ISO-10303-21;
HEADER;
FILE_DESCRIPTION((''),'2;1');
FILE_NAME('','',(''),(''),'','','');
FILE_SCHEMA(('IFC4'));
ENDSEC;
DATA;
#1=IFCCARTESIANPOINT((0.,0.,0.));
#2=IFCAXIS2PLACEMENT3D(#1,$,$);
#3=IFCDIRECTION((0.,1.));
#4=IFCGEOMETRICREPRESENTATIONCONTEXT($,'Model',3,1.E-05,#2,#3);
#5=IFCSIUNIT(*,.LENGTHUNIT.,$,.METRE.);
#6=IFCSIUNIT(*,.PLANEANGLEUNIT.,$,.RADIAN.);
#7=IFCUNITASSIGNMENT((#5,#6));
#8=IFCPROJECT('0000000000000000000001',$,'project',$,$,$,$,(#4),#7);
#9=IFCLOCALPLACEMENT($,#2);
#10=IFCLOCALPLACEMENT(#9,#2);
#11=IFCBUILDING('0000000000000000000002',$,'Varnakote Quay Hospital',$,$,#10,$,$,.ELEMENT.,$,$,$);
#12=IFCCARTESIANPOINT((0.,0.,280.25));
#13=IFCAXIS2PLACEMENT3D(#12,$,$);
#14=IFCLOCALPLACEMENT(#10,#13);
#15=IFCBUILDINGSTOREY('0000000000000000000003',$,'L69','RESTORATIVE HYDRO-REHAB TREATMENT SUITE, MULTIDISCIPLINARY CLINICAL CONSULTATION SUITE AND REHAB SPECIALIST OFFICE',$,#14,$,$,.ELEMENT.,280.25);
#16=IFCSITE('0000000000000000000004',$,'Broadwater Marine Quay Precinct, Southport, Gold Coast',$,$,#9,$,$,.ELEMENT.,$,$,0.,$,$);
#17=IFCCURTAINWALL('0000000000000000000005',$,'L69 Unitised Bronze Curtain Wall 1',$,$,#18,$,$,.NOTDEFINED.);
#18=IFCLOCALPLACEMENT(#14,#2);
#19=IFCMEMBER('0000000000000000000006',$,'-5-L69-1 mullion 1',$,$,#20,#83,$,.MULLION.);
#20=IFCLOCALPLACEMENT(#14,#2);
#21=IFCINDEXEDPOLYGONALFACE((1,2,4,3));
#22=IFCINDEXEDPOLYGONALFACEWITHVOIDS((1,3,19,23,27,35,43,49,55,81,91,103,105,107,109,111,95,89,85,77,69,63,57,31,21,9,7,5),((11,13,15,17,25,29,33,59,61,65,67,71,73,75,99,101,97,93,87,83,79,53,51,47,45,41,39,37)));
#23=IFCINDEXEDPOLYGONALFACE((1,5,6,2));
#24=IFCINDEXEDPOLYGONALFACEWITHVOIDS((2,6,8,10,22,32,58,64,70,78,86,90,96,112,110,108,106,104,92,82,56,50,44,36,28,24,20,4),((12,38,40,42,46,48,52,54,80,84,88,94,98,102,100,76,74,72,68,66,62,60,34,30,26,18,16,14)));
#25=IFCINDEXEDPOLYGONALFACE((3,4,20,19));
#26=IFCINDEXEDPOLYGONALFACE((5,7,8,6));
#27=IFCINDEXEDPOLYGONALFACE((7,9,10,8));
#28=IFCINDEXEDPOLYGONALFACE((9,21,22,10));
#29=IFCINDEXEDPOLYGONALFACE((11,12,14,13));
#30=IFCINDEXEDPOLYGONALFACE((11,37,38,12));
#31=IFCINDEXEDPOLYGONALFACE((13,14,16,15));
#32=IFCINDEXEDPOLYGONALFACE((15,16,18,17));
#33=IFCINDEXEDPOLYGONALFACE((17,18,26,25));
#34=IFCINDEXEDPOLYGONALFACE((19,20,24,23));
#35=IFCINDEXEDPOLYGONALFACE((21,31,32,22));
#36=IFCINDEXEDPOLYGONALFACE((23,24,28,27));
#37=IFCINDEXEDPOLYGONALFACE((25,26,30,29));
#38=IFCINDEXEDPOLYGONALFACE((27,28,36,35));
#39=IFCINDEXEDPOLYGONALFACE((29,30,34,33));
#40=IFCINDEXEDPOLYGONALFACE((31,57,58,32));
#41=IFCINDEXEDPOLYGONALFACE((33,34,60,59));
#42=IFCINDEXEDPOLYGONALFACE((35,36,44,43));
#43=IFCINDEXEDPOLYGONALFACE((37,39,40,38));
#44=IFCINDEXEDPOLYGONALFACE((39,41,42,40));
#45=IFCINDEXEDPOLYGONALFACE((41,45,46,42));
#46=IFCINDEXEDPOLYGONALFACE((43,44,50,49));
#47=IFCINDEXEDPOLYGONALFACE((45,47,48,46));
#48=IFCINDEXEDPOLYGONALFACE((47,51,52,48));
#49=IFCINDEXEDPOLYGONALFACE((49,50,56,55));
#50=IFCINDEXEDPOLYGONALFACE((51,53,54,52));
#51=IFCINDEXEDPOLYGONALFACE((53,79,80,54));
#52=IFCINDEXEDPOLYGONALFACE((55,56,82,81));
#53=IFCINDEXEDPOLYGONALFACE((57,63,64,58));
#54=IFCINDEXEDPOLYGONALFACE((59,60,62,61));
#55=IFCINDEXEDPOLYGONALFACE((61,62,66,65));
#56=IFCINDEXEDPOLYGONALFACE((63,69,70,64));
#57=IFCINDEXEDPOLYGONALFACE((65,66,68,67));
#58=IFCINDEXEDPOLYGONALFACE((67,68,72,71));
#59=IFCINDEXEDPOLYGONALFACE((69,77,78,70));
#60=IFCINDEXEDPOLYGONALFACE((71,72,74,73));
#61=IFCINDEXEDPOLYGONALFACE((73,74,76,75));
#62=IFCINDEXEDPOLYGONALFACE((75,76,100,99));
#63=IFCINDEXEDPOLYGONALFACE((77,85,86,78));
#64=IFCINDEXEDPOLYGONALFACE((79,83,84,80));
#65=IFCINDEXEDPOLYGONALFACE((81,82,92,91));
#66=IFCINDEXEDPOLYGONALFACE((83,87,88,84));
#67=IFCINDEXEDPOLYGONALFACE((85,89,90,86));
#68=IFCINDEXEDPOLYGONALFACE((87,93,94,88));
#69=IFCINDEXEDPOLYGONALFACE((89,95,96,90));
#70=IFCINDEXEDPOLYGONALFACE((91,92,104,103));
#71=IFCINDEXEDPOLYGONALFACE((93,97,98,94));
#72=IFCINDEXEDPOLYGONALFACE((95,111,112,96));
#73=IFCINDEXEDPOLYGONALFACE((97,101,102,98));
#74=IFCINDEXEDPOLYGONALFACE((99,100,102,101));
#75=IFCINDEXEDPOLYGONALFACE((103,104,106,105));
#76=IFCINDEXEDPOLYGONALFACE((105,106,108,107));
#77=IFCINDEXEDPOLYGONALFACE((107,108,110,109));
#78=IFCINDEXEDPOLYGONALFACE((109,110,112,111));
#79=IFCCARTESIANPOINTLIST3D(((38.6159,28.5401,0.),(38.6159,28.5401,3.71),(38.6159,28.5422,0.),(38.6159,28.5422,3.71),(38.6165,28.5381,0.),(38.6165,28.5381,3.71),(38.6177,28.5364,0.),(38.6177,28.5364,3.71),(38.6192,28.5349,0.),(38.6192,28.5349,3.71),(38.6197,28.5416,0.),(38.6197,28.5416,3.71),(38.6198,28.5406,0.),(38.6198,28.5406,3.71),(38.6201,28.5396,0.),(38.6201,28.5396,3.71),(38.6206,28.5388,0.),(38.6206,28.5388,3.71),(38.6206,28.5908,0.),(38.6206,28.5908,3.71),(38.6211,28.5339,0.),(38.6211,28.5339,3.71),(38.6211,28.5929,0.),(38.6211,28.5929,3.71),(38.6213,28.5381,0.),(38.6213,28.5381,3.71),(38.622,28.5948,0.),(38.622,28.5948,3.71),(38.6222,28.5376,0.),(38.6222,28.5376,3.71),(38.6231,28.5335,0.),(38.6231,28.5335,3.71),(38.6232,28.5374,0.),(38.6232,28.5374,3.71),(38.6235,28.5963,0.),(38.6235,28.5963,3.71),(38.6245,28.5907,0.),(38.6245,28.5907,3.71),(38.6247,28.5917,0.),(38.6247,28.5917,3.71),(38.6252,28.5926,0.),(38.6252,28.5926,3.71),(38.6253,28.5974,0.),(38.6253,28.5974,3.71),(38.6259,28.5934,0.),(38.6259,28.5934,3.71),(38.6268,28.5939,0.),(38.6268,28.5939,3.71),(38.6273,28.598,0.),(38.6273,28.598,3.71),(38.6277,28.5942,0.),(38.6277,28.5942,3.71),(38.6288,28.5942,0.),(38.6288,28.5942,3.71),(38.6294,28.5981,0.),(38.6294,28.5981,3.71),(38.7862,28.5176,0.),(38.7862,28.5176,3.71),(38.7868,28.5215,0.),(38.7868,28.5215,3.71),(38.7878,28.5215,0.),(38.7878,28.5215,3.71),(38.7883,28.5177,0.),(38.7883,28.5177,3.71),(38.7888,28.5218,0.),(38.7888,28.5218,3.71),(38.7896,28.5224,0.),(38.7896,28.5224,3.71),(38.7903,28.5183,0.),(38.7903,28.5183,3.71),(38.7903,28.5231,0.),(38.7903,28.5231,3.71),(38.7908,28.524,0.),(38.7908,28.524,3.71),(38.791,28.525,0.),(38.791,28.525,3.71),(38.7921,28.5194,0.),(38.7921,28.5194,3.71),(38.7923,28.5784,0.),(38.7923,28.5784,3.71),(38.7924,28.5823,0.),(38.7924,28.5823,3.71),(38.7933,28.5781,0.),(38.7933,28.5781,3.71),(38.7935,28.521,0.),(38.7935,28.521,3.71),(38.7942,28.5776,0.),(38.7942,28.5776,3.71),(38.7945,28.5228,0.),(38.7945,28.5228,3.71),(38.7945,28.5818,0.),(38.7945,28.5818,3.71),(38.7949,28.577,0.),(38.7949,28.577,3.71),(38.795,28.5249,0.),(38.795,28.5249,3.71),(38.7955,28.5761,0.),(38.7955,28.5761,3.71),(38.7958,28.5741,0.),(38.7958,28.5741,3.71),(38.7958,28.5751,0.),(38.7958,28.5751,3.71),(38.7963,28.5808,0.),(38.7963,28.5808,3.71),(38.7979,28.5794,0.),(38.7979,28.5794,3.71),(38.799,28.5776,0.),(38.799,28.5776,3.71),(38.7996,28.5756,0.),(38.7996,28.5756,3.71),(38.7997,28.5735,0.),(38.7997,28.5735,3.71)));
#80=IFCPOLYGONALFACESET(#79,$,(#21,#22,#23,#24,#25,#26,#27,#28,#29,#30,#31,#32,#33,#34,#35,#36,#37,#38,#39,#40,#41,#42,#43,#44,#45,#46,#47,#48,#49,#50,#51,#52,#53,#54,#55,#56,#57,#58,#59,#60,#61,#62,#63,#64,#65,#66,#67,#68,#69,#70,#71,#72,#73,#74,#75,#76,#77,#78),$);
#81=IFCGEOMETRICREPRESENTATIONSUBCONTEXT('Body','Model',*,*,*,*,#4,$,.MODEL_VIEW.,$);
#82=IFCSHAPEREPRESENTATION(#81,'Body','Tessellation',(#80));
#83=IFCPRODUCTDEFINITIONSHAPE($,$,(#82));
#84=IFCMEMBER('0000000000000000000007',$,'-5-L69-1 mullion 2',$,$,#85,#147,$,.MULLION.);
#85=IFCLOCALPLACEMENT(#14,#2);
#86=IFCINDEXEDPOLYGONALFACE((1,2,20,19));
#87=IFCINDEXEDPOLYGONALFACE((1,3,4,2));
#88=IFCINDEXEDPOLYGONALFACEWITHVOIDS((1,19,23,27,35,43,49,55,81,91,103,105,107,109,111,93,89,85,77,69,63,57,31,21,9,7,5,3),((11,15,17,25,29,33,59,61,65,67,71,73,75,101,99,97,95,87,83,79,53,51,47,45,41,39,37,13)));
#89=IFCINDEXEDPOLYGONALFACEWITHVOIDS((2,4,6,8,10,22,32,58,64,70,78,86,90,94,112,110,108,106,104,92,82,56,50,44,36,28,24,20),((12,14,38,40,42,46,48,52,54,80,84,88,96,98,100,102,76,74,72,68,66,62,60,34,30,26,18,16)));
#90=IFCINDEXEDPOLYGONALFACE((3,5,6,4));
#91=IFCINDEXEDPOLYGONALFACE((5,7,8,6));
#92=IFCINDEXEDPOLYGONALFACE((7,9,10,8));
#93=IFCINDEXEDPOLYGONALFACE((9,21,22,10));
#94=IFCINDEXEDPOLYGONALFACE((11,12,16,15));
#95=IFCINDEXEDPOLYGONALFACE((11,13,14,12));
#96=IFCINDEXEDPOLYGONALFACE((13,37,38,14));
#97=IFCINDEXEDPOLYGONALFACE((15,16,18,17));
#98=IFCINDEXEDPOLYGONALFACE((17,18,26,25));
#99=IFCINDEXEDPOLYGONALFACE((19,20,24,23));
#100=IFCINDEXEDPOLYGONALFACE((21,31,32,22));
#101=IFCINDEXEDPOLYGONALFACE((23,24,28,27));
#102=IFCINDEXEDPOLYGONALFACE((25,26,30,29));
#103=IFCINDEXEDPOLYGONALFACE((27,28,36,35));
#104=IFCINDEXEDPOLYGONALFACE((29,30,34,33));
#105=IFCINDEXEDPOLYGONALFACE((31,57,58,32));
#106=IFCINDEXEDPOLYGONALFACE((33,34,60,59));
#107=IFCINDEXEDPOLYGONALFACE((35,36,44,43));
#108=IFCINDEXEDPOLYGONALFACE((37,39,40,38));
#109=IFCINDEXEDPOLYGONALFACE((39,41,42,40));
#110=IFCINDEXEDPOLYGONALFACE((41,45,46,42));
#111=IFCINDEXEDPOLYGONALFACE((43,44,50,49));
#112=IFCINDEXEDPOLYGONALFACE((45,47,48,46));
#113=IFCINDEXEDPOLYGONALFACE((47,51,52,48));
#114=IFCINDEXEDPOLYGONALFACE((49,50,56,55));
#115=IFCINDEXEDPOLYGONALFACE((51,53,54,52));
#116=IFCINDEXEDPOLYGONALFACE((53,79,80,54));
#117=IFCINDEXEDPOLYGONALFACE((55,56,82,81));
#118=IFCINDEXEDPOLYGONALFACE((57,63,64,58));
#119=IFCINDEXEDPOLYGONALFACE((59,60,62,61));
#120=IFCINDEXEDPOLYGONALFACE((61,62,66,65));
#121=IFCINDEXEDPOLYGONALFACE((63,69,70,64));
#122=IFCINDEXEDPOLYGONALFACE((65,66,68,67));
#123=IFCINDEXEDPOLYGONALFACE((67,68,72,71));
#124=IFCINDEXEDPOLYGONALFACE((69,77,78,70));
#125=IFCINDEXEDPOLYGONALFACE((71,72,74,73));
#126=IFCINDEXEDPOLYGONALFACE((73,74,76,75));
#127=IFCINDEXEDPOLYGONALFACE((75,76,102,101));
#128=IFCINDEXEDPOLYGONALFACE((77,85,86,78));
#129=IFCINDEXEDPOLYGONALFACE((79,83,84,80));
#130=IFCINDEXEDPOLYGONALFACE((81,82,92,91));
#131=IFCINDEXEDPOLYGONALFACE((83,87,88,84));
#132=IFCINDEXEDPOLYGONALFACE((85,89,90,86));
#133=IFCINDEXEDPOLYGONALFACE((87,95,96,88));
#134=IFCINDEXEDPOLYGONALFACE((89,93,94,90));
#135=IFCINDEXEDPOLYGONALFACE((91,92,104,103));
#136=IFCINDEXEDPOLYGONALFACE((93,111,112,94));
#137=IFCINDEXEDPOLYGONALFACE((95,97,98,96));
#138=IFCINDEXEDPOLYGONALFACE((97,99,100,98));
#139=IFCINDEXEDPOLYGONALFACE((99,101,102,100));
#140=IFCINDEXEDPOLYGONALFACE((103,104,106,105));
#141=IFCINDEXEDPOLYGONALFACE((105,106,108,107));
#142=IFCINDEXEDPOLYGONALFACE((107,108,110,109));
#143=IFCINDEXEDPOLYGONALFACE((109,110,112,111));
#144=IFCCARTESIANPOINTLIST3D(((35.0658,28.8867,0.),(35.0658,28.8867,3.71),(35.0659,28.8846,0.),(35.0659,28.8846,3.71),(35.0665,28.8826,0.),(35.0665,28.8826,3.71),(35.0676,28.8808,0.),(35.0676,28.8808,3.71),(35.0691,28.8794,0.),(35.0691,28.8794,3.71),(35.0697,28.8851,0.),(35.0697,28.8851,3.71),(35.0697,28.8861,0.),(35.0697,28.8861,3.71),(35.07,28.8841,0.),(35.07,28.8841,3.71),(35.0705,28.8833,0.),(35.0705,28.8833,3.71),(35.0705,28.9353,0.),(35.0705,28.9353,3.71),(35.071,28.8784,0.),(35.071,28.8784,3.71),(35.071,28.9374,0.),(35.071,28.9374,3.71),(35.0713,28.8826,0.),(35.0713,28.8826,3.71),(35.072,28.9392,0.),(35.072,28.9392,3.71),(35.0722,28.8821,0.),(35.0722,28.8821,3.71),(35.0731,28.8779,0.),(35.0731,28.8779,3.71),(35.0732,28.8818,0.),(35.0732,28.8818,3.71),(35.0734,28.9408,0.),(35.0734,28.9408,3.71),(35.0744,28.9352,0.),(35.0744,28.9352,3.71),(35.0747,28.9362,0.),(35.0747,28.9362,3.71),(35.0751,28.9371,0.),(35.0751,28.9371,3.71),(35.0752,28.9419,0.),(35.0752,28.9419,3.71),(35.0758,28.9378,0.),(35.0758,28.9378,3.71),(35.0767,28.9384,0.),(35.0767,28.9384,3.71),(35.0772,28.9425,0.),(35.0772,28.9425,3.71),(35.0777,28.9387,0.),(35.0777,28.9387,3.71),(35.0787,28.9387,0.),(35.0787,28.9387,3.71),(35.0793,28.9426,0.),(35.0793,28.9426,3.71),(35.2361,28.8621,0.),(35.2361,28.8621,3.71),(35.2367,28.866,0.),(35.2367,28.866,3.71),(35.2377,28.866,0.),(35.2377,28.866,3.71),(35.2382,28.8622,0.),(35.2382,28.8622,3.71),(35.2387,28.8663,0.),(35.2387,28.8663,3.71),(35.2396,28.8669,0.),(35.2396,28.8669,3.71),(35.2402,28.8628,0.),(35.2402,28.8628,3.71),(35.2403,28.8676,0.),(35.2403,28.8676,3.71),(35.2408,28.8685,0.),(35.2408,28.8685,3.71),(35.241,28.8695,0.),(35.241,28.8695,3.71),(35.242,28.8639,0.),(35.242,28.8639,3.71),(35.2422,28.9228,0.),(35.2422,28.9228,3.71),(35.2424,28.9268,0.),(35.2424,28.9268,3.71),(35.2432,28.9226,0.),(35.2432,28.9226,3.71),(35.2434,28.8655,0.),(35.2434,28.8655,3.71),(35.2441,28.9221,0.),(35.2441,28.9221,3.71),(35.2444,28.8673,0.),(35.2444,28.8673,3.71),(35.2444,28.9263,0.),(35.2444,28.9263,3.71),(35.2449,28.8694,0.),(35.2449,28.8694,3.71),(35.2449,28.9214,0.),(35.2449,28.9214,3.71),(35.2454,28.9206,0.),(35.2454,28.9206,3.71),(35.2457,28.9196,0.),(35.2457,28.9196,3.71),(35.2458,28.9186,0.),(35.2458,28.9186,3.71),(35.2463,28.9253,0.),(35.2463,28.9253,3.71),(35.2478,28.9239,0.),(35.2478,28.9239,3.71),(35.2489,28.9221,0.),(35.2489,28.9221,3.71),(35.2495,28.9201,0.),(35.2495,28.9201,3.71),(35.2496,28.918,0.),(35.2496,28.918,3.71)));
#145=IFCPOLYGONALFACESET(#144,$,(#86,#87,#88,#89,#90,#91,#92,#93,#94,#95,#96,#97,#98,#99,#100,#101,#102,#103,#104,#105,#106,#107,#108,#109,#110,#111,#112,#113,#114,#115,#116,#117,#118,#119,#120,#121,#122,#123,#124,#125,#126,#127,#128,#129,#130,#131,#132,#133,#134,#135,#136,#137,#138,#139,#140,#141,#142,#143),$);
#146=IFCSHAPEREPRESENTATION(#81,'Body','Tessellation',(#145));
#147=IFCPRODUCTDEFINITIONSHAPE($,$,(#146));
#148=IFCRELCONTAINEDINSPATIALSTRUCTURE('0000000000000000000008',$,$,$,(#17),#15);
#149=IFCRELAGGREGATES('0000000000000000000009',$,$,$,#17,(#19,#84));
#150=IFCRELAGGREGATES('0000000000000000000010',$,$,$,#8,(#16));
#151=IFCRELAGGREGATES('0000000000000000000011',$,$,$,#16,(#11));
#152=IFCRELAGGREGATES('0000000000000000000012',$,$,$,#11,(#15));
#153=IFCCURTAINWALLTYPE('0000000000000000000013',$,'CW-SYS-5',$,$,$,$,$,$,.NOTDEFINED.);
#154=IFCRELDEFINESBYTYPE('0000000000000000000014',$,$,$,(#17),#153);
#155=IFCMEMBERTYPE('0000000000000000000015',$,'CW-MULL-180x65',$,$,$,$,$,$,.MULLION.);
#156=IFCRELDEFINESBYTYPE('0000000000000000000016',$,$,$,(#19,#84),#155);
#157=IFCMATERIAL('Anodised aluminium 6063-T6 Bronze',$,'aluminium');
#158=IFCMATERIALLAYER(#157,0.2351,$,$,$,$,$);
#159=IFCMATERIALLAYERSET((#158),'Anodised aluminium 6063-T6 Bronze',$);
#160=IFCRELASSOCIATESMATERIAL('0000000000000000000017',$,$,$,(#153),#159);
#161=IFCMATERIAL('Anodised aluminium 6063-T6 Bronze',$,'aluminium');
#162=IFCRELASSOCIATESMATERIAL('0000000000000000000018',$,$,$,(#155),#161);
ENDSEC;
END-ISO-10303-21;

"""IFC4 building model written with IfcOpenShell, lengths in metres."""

from ifc_helpers import new_model, si_unit, direction, frame, origin, origin_2d, place, context, subcontext, project, spatial, hollow_rectangle, extrude, material, layer, layer_set, material_profile, profile_set, type_object, element, aggregate, save


model = new_model("IFC4")

# Units and contexts
model_context = context("Model", 3, precision=1e-05, world=origin(), true_north=direction((0.0, 1.0)))
body_context = subcontext(model_context, "Body", "Model", "MODEL_VIEW")
ifc_project = project(units=[si_unit("LENGTHUNIT", "METRE"), si_unit("PLANEANGLEUNIT", "RADIAN")], contexts=[model_context])

# Site, building, storey
site_placement = place(None, origin())
site = spatial("IfcSite", under=ifc_project, at=site_placement, Name="Broadwater Marine Quay Precinct, Southport, Gold Coast", CompositionType="ELEMENT", RefElevation=0.0)
building_placement = place(site_placement, origin())
building = spatial("IfcBuilding", under=site, at=building_placement, Name="Varnakote Quay Hospital", CompositionType="ELEMENT")
storey_placement = place(building_placement, frame((0.0, 0.0, 280.25)))
storey = spatial("IfcBuildingStorey", under=building, at=storey_placement, Name="L69", Description="RESTORATIVE HYDRO-REHAB TREATMENT SUITE, MULTIDISCIPLINARY CLINICAL CONSULTATION SUITE AND REHAB SPECIALIST OFFICE", CompositionType="ELEMENT", Elevation=280.25)

# Curtain wall, members
ifc_material_1 = material(Name="Anodised aluminium 6063-T6 Bronze", Category="aluminium")
ifc_layer_1 = layer(ifc_material_1, 0.2351)
ifc_layer_set_1 = layer_set([ifc_layer_1], Name="Anodised aluminium 6063-T6 Bronze")
curtain_wall_type = type_object("IfcCurtainWallType", Name="CW-SYS-5", PredefinedType="NOTDEFINED", material=ifc_layer_set_1)
curtain_wall_placement = place(storey_placement, origin())
curtain_wall = element("IfcCurtainWall", 1, at=curtain_wall_placement, inside=storey, type_object=curtain_wall_type, Name="L69 Unitised Bronze Curtain Wall 1", PredefinedType="NOTDEFINED")
ifc_material_2 = material(Name="Anodised aluminium 6063-T6 Bronze", Category="aluminium")
ifc_material_profile_1 = material_profile(ifc_material_2, hollow_rectangle(XDim=0.0649, YDim=0.1799, WallThickness=0.0039, InnerFilletRadius=0.0039, OuterFilletRadius=0.0081, at=origin_2d()), Name="CW-MULL-180x65")
ifc_profile_set_1 = profile_set([ifc_material_profile_1], Name="Anodised aluminium 6063-T6 Bronze")
member_type_1 = type_object("IfcMemberType", Name="CW-MULL-180x65", PredefinedType="MULLION", material=ifc_profile_set_1)
member_1_placement = place(storey_placement, frame((38.7078, 28.5579, 0.0), z_axis=(0.0, 0.0, 1.0), x_axis=(-0.096569, -0.995326, 0.0)))
member_1 = element("IfcMember", 2, at=member_1_placement, type_object=member_type_1, Name="-5-L69-1 mullion 1", PredefinedType="MULLION", context=body_context, shape_type="SweptSolid", body=[
    extrude(hollow_rectangle(XDim=0.0649, YDim=0.1799, WallThickness=0.0039, InnerFilletRadius=0.0039, OuterFilletRadius=0.0081, at=origin_2d()), origin(), (0.0, 0.0, 1.0), 3.71),
])
member_2_placement = place(storey_placement, frame((35.1577, 28.9023, 0.0), z_axis=(0.0, 0.0, 1.0), x_axis=(-0.096569, -0.995326, 0.0)))
member_2 = element("IfcMember", 3, at=member_2_placement, type_object=member_type_1, Name="-5-L69-1 mullion 2", PredefinedType="MULLION", context=body_context, shape_type="SweptSolid", body=[
    extrude(hollow_rectangle(XDim=0.0649, YDim=0.1799, WallThickness=0.0039, InnerFilletRadius=0.0039, OuterFilletRadius=0.0081, at=origin_2d()), origin(), (0.0, 0.0, 1.0), 3.71),
])
aggregate(curtain_wall, [member_1, member_2])

save(model, "model.ifc")
